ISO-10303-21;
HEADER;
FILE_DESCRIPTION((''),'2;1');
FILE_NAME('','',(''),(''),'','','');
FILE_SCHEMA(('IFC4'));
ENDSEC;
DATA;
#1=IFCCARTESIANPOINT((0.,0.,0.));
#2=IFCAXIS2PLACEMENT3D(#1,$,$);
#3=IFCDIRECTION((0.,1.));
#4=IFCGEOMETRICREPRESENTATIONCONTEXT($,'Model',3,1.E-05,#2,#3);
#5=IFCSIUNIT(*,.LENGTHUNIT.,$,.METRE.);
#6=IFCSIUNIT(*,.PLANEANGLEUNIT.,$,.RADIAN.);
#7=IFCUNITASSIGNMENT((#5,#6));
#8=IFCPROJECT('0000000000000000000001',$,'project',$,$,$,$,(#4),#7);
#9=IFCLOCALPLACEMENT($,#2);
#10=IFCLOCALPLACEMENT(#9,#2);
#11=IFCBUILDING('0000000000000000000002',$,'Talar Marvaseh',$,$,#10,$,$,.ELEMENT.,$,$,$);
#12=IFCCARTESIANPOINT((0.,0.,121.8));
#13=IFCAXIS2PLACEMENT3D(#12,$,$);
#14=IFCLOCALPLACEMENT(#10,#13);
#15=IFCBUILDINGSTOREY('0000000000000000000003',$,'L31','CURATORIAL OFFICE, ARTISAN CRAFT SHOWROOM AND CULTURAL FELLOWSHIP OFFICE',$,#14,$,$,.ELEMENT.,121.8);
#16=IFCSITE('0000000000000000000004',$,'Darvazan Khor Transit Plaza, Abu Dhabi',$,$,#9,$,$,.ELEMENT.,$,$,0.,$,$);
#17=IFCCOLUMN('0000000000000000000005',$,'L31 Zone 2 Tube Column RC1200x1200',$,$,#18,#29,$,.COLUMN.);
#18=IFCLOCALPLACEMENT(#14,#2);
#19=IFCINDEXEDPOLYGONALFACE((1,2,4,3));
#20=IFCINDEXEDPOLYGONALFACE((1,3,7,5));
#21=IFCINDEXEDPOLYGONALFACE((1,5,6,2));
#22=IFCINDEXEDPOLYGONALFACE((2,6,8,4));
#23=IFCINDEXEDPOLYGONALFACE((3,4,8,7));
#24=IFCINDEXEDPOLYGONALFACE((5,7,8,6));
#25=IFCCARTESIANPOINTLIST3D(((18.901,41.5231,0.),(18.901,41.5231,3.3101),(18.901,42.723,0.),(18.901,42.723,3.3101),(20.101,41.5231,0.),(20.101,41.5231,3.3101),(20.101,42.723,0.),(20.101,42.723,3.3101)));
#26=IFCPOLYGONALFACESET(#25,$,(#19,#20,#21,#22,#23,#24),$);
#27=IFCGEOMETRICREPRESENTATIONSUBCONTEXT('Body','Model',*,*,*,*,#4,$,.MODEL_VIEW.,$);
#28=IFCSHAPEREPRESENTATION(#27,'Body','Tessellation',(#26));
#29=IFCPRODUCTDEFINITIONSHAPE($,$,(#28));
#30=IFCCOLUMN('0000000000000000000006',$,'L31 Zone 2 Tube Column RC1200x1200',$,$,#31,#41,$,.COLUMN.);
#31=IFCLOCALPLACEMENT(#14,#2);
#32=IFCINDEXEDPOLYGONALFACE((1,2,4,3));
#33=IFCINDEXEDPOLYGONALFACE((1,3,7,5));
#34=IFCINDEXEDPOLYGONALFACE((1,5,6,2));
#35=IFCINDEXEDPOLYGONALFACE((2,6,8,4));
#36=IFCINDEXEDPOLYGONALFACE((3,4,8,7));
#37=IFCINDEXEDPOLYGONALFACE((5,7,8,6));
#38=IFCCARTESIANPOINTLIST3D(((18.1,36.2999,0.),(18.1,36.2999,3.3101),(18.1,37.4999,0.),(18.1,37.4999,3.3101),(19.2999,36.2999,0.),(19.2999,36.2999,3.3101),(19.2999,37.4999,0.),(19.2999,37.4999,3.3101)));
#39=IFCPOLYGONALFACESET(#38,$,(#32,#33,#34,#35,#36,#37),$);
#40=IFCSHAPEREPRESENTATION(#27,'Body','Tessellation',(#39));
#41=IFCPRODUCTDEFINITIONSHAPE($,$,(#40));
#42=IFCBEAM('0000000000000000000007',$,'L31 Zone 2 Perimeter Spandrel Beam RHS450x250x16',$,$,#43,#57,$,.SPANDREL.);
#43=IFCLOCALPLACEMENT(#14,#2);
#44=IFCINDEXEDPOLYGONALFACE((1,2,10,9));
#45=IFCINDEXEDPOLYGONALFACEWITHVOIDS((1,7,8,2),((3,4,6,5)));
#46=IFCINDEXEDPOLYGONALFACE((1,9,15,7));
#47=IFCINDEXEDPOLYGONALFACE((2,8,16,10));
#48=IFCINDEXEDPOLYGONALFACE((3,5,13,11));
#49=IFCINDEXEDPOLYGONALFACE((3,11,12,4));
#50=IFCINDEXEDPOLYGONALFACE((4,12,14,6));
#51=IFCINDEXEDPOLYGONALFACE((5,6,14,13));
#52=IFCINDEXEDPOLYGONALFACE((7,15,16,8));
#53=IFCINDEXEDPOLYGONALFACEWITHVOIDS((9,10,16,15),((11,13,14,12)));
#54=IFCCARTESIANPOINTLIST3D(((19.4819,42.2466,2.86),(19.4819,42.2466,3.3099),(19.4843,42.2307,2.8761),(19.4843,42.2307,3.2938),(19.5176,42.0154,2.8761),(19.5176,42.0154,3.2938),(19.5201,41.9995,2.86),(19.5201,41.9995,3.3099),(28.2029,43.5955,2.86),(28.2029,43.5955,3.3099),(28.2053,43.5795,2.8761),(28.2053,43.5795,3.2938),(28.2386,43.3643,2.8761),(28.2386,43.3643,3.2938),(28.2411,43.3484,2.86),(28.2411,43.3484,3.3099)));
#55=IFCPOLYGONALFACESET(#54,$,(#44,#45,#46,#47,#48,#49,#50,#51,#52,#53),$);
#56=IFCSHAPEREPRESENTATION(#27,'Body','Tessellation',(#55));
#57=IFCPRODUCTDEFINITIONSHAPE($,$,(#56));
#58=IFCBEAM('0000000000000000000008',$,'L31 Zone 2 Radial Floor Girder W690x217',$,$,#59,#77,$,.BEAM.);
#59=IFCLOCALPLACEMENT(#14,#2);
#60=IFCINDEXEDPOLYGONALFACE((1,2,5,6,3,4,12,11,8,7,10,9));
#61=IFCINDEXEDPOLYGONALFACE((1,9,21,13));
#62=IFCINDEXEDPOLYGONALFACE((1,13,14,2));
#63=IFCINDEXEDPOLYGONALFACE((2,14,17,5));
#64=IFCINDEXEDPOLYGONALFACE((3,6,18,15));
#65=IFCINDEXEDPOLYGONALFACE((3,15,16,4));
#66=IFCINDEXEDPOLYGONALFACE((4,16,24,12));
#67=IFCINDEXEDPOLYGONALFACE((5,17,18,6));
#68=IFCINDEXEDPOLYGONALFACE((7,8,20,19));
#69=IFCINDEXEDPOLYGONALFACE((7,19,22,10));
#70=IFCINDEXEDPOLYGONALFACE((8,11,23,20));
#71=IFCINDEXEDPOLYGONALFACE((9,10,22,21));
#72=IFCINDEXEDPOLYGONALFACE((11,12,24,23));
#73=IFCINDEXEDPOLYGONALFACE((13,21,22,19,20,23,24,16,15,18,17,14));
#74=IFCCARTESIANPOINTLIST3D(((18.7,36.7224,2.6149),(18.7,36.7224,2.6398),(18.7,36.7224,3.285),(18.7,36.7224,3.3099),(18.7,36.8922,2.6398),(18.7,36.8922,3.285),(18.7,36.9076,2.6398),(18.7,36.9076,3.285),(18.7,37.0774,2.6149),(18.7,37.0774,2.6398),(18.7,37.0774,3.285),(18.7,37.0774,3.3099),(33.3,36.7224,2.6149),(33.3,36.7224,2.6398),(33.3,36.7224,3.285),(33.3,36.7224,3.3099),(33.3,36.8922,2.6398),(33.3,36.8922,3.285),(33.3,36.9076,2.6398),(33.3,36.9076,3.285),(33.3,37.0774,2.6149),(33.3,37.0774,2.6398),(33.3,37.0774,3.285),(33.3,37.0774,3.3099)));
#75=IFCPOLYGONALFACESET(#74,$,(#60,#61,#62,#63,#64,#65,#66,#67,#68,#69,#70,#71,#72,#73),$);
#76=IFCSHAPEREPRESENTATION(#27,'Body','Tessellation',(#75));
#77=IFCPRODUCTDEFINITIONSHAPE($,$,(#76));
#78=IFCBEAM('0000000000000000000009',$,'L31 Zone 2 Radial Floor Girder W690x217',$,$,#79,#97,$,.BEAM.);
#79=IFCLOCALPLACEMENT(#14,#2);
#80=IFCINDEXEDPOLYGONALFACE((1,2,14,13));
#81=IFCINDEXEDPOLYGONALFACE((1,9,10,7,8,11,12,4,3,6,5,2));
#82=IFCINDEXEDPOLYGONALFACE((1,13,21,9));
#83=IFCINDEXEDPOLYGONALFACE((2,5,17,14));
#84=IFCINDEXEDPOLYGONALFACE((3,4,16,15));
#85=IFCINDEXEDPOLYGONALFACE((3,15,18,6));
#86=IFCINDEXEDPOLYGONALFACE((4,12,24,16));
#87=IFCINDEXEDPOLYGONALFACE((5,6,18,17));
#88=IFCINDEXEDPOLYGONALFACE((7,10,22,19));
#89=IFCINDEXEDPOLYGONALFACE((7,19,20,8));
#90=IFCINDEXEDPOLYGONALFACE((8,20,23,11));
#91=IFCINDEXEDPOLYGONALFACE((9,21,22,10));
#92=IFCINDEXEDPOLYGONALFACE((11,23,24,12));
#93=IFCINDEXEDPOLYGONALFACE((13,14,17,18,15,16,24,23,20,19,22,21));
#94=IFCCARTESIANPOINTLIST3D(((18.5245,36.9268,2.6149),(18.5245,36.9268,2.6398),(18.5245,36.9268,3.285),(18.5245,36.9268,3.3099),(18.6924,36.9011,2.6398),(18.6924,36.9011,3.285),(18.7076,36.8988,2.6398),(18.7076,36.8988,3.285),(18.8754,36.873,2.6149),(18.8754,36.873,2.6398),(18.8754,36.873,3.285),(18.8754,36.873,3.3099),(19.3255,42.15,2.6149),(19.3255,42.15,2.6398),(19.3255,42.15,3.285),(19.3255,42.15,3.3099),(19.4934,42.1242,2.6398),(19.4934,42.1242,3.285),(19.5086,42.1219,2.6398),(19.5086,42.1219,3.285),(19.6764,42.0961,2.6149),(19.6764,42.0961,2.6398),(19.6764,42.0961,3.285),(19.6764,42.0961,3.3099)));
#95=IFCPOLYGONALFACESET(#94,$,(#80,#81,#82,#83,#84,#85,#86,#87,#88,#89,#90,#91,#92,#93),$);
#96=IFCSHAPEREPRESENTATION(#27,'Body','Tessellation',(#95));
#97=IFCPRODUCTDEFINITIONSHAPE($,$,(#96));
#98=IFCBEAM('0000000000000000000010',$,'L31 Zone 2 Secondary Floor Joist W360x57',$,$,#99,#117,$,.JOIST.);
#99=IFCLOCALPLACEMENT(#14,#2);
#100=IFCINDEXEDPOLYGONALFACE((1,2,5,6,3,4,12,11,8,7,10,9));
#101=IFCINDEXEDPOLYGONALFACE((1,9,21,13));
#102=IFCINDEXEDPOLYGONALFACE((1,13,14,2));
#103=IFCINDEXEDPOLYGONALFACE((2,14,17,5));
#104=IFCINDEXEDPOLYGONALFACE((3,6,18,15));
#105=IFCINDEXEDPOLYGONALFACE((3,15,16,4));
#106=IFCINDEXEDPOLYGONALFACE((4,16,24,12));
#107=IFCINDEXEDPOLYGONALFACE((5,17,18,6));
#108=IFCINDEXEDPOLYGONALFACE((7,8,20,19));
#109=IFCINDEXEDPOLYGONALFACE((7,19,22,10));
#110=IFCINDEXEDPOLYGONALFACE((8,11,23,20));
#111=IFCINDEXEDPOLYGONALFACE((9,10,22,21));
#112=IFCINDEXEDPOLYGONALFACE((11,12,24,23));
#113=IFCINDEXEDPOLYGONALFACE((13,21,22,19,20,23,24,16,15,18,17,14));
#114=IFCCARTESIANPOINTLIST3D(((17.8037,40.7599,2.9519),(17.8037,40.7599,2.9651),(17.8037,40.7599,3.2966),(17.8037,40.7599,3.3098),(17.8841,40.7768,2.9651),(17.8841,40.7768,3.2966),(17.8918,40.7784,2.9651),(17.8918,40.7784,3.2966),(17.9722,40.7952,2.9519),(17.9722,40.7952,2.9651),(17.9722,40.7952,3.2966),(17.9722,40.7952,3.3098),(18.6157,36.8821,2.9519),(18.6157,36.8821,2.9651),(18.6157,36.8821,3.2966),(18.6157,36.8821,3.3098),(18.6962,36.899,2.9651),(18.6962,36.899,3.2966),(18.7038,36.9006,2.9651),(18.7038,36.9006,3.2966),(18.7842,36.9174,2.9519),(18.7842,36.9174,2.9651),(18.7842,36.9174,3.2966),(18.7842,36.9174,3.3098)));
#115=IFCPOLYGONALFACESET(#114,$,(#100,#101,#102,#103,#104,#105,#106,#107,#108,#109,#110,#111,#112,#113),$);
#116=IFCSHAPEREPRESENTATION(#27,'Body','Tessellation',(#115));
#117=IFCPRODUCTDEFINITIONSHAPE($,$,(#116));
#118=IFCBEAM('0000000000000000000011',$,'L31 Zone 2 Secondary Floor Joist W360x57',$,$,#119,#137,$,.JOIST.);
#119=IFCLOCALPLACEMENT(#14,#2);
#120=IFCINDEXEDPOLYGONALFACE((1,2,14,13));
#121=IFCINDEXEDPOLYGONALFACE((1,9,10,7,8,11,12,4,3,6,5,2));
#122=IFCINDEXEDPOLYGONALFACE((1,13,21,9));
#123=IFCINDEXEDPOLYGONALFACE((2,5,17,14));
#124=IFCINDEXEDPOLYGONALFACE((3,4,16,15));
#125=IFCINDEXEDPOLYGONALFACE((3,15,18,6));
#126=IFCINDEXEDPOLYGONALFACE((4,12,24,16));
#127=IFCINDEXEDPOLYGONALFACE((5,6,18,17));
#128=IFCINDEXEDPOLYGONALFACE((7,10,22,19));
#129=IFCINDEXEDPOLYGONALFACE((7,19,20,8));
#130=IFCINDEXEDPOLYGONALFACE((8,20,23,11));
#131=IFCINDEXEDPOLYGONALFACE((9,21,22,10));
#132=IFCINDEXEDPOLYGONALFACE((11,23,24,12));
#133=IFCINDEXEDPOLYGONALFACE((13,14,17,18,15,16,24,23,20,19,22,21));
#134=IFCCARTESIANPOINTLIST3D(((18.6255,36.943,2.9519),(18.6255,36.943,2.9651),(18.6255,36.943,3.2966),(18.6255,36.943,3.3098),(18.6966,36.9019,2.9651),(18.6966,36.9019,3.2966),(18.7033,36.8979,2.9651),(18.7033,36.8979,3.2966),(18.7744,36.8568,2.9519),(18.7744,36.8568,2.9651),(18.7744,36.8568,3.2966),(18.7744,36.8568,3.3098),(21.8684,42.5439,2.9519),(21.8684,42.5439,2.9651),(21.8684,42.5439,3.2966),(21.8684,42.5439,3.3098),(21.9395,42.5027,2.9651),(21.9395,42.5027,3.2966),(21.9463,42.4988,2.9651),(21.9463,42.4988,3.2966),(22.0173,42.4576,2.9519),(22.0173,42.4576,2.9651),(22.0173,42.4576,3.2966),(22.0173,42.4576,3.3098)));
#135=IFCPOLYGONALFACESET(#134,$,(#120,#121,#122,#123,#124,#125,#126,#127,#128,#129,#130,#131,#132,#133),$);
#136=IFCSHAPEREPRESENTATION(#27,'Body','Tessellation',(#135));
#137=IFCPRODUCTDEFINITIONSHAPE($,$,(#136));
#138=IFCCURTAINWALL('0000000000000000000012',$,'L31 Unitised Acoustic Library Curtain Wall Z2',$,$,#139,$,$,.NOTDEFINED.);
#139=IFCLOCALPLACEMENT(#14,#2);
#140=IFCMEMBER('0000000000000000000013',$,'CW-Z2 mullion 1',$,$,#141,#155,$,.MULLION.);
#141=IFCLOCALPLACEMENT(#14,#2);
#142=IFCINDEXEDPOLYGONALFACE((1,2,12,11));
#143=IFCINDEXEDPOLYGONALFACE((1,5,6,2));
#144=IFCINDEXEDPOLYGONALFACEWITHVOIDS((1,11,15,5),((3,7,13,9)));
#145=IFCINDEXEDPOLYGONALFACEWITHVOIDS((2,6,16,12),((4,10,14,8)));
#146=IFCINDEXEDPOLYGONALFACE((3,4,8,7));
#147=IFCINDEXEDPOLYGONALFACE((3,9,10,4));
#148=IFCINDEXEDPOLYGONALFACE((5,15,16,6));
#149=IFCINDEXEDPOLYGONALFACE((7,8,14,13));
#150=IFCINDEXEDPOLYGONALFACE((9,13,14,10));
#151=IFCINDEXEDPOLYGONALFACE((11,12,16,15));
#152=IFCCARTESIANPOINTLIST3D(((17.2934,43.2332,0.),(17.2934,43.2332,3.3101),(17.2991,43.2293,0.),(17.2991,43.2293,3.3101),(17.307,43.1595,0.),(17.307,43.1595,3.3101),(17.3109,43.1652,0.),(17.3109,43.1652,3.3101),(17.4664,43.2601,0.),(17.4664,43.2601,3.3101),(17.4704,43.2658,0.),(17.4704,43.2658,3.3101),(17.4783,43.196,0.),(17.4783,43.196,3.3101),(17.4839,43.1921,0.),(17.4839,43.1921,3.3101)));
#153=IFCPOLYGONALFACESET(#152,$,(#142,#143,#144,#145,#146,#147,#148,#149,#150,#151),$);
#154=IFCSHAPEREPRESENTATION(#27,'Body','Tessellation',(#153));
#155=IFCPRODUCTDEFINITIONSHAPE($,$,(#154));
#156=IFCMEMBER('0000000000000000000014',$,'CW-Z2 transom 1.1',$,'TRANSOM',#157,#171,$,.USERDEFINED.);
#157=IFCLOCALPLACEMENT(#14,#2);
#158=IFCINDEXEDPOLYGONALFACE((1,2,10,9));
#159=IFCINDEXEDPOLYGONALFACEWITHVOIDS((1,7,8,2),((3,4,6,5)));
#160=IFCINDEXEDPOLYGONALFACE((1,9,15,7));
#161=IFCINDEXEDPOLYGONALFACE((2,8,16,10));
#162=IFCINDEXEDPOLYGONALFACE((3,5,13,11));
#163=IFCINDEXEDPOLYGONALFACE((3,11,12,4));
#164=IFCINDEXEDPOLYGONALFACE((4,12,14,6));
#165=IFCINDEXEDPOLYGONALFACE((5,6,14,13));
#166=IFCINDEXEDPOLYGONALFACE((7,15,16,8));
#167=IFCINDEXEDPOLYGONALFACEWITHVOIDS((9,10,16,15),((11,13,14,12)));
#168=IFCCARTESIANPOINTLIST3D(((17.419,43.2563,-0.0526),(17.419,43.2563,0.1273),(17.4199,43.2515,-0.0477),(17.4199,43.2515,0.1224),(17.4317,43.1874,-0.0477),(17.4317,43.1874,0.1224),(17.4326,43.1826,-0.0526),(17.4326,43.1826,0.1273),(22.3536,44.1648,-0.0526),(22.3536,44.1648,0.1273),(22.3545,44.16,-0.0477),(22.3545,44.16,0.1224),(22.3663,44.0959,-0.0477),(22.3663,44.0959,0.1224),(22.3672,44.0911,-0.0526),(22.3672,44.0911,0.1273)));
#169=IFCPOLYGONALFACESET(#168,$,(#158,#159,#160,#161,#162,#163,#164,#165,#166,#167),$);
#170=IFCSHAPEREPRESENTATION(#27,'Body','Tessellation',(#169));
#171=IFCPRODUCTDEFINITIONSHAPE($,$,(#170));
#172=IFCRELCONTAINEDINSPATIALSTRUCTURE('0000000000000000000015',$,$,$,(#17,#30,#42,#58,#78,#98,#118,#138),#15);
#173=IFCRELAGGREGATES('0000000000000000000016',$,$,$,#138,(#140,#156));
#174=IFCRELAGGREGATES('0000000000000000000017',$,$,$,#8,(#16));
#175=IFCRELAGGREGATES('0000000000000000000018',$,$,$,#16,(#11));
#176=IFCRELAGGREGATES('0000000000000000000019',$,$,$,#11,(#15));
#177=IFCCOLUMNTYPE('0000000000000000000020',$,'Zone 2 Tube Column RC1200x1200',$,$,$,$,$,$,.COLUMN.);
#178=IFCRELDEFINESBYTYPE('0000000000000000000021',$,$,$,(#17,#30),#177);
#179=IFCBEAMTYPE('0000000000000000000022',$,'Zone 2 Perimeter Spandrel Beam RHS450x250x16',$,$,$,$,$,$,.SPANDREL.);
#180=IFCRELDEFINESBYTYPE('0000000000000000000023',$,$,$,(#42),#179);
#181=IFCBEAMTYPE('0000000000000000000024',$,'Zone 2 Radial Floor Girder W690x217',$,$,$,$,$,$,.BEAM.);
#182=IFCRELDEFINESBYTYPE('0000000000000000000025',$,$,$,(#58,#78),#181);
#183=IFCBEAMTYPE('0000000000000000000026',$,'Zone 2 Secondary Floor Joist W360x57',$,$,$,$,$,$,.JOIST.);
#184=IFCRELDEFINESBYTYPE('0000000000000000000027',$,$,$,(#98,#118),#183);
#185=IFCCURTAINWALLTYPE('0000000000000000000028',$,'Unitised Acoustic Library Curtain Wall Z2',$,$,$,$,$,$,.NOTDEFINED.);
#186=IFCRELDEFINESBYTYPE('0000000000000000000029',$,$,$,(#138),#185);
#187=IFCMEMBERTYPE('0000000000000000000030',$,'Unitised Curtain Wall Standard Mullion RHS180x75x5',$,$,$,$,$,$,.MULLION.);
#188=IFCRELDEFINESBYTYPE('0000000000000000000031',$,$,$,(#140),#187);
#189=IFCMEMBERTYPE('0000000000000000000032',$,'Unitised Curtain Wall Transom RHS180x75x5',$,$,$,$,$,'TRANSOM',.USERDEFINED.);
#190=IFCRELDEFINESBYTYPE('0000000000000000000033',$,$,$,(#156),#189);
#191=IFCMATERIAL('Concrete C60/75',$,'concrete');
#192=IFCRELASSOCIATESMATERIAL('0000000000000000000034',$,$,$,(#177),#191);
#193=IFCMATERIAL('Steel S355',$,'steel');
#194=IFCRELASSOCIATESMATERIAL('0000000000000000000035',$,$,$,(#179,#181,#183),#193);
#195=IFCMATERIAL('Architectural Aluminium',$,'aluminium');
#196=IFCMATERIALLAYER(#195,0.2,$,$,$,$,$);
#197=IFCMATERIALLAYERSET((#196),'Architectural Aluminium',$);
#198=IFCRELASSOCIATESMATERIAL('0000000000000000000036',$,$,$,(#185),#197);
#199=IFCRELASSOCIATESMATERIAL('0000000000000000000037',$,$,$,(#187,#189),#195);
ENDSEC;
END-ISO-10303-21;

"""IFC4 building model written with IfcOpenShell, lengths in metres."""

from ifc_helpers import new_model, si_unit, direction, frame, origin, origin_2d, place, context, subcontext, project, spatial, rectangle, hollow_rectangle, i_section, extrude, source, transform, mapped, material, layer, layer_set, material_profile, profile_set, type_object, type_shapes, element, aggregate, save


model = new_model("IFC4")

# Units and contexts
model_context = context("Model", 3, precision=1e-05, world=origin(), true_north=direction((0.0, 1.0)))
body_context = subcontext(model_context, "Body", "Model", "MODEL_VIEW")
ifc_project = project(units=[si_unit("LENGTHUNIT", "METRE"), si_unit("PLANEANGLEUNIT", "RADIAN")], contexts=[model_context])

# Site, building, storey
site_placement = place(None, origin())
site = spatial("IfcSite", under=ifc_project, at=site_placement, Name="Darvazan Khor Transit Plaza, Abu Dhabi", CompositionType="ELEMENT", RefElevation=0.0)
building_placement = place(site_placement, origin())
building = spatial("IfcBuilding", under=site, at=building_placement, Name="Talar Marvaseh", CompositionType="ELEMENT")
storey_placement = place(building_placement, frame((0.0, 0.0, 121.8)))
storey = spatial("IfcBuildingStorey", under=building, at=storey_placement, Name="L31", Description="CURATORIAL OFFICE, ARTISAN CRAFT SHOWROOM AND CULTURAL FELLOWSHIP OFFICE", CompositionType="ELEMENT", Elevation=121.8)

# Columns
ifc_material_1 = material(Name="Concrete C60/75", Category="concrete")
ifc_material_profile_1 = material_profile(ifc_material_1, rectangle(XDim=1.2, YDim=1.2, at=origin_2d()), Name="RC1200x1200")
ifc_profile_set_1 = profile_set([ifc_material_profile_1], Name="Concrete C60/75")
column_type = type_object("IfcColumnType", Name="Zone 2 Tube Column RC1200x1200", PredefinedType="COLUMN", material=ifc_profile_set_1)
for number, where, z_axis, x_axis, name in (
    (1, (19.501, 42.123, 0.0), (0.0, 0.0, 1.0), (1.0, 0.0, 0.0), "L31 Zone 2 Tube Column RC1200x1200"),
    (2, (18.7, 36.8999, 0.0), (0.0, 0.0, 1.0), (1.0, 0.0, 0.0), "L31 Zone 2 Tube Column RC1200x1200"),
):
    element("IfcColumn", number, at=place(storey_placement, frame(where, z_axis=z_axis, x_axis=x_axis)), inside=storey, type_object=column_type, Name=name, PredefinedType="COLUMN", context=body_context, shape_type="SweptSolid", body=[
        extrude(rectangle(XDim=1.2, YDim=1.2, at=origin_2d()), origin(), (0.0, 0.0, 1.0), 3.3101),
    ])

# Beams
ifc_material_2 = material(Name="Steel S355", Category="steel")
ifc_material_profile_2 = material_profile(ifc_material_2, hollow_rectangle(XDim=0.25, YDim=0.45, WallThickness=0.0161, at=origin_2d()), Name="RHS450x250x16")
ifc_profile_set_2 = profile_set([ifc_material_profile_2], Name="Steel S355")
beam_type_1 = type_object("IfcBeamType", Name="Zone 2 Perimeter Spandrel Beam RHS450x250x16", PredefinedType="SPANDREL", material=ifc_profile_set_2)
beam_1_placement = place(storey_placement, frame((19.501, 42.123, 3.085), z_axis=(0.988249, 0.152853, 0.0), x_axis=(-0.152853, 0.988249, 0.0)))
element("IfcBeam", 3, at=beam_1_placement, inside=storey, type_object=beam_type_1, Name="L31 Zone 2 Perimeter Spandrel Beam RHS450x250x16", PredefinedType="SPANDREL", context=body_context, shape_type="SweptSolid", body=[
    extrude(hollow_rectangle(XDim=0.25, YDim=0.45, WallThickness=0.0161, at=origin_2d()), origin(), (0.0, 0.0, 1.0), 8.8247),
])
ifc_material_profile_3 = material_profile(ifc_material_2, i_section(OverallWidth=0.355, OverallDepth=0.6951, WebThickness=0.0154, FlangeThickness=0.0249, at=origin_2d()), Name="W690x217")
ifc_profile_set_3 = profile_set([ifc_material_profile_3], Name="Steel S355")
beam_type_2 = type_object("IfcBeamType", Name="Zone 2 Radial Floor Girder W690x217", PredefinedType="BEAM", material=ifc_profile_set_3)
beam_2_placement = place(storey_placement, frame((18.7, 36.8999, 2.9624), z_axis=(1.0, 0.0, 0.0), x_axis=(0.0, 1.0, 0.0)))
element("IfcBeam", 4, at=beam_2_placement, inside=storey, type_object=beam_type_2, Name="L31 Zone 2 Radial Floor Girder W690x217", PredefinedType="BEAM", context=body_context, shape_type="SweptSolid", body=[
    extrude(i_section(OverallWidth=0.355, OverallDepth=0.6951, WebThickness=0.0154, FlangeThickness=0.0249, at=origin_2d()), origin(), (0.0, 0.0, 1.0), 14.6001),
])
beam_3_placement = place(storey_placement, frame((19.501, 42.123, 2.9624), z_axis=(-0.151588, -0.988444, 0.0), x_axis=(0.988444, -0.151588, 0.0)))
element("IfcBeam", 5, at=beam_3_placement, inside=storey, type_object=beam_type_2, Name="L31 Zone 2 Radial Floor Girder W690x217", PredefinedType="BEAM", context=body_context, shape_type="SweptSolid", body=[
    extrude(i_section(OverallWidth=0.355, OverallDepth=0.6951, WebThickness=0.0154, FlangeThickness=0.0249, at=origin_2d()), origin(), (0.0, 0.0, 1.0), 5.2842),
])
ifc_material_profile_4 = material_profile(ifc_material_2, i_section(OverallWidth=0.1721, OverallDepth=0.3579, WebThickness=0.0078, FlangeThickness=0.0132, at=origin_2d()), Name="W360x57")
ifc_profile_set_4 = profile_set([ifc_material_profile_4], Name="Steel S355")
beam_type_3 = type_object("IfcBeamType", Name="Zone 2 Secondary Floor Joist W360x57", PredefinedType="JOIST", material=ifc_profile_set_4)
beam_4_placement = place(storey_placement, frame((17.8879, 40.7776, 3.1309), z_axis=(0.204961, -0.97877, 0.0), x_axis=(0.97877, 0.204961, 0.0)))
element("IfcBeam", 6, at=beam_4_placement, inside=storey, type_object=beam_type_3, Name="L31 Zone 2 Secondary Floor Joist W360x57", PredefinedType="JOIST", context=body_context, shape_type="SweptSolid", body=[
    extrude(i_section(OverallWidth=0.1721, OverallDepth=0.3579, WebThickness=0.0078, FlangeThickness=0.0132, at=origin_2d()), origin(), (0.0, 0.0, 1.0), 3.9619),
])
beam_5_placement = place(storey_placement, frame((21.9429, 42.5007, 3.1309), z_axis=(-0.501075, -0.865404, 0.0), x_axis=(0.865404, -0.501075, 0.0)))
element("IfcBeam", 7, at=beam_5_placement, inside=storey, type_object=beam_type_3, Name="L31 Zone 2 Secondary Floor Joist W360x57", PredefinedType="JOIST", context=body_context, shape_type="SweptSolid", body=[
    extrude(i_section(OverallWidth=0.1721, OverallDepth=0.3579, WebThickness=0.0078, FlangeThickness=0.0132, at=origin_2d()), origin(), (0.0, 0.0, 1.0), 6.4719),
])

# Curtain wall, members
ifc_material_3 = material(Name="Architectural Aluminium", Category="aluminium")
ifc_layer_1 = layer(ifc_material_3, 0.2)
ifc_layer_set_1 = layer_set([ifc_layer_1], Name="Architectural Aluminium")
curtain_wall_type = type_object("IfcCurtainWallType", Name="Unitised Acoustic Library Curtain Wall Z2", PredefinedType="NOTDEFINED", material=ifc_layer_set_1)
curtain_wall_placement = place(storey_placement, origin())
curtain_wall = element("IfcCurtainWall", 8, at=curtain_wall_placement, inside=storey, type_object=curtain_wall_type, Name="L31 Unitised Acoustic Library Curtain Wall Z2", PredefinedType="NOTDEFINED")
ifc_material_profile_5 = material_profile(ifc_material_3, hollow_rectangle(XDim=0.075, YDim=0.1799, WallThickness=0.0049, at=origin_2d()), Name="RHS180x75x5")
ifc_profile_set_5 = profile_set([ifc_material_profile_5], Name="Architectural Aluminium")
member_type_1 = type_object("IfcMemberType", Name="Unitised Curtain Wall Standard Mullion RHS180x75x5", PredefinedType="MULLION", material=ifc_profile_set_5)
shared_shape_1 = source(origin(), body_context, "Body", "SweptSolid", [
    extrude(hollow_rectangle(XDim=0.075, YDim=0.1799, WallThickness=0.0049, at=origin_2d()), origin(), (0.0, 0.0, 1.0), 3.3101),
])
type_shapes(member_type_1, [shared_shape_1])
member_1_placement = place(storey_placement, frame((17.3887, 43.2126, 0.0), z_axis=(0.0, 0.0, 1.0), x_axis=(-0.181071, 0.98347, 0.0)))
member_1 = element("IfcMember", 9, at=member_1_placement, type_object=member_type_1, Name="CW-Z2 mullion 1", PredefinedType="MULLION", context=body_context, shape_type="MappedRepresentation", body=[
    mapped(shared_shape_1, transform((0.0, 0.0, 0.0), x_axis=(1.0, 0.0, 0.0), y_axis=(0.0, 1.0, 0.0), z_axis=(0.0, 0.0, 1.0), scale=1.0)),
])
ifc_material_profile_6 = material_profile(ifc_material_3, hollow_rectangle(XDim=0.075, YDim=0.1799, WallThickness=0.0049, at=origin_2d()), Name="RHS180x75x5")
ifc_profile_set_6 = profile_set([ifc_material_profile_6], Name="Architectural Aluminium")
member_type_2 = type_object("IfcMemberType", Name="Unitised Curtain Wall Transom RHS180x75x5", ElementType="TRANSOM", PredefinedType="USERDEFINED", material=ifc_profile_set_6)
shared_shape_2 = source(origin(), body_context, "Body", "SweptSolid", [
    extrude(hollow_rectangle(XDim=0.075, YDim=0.1799, WallThickness=0.0049, at=origin_2d()), origin(), (0.0, 0.0, 1.0), 5.0176),
])
type_shapes(member_type_2, [shared_shape_2])
member_2_placement = place(storey_placement, frame((17.4258, 43.2195, 0.0374), z_axis=(0.983473, 0.181056, 0.0), x_axis=(-0.181056, 0.983473, 0.0)))
member_2 = element("IfcMember", 10, at=member_2_placement, type_object=member_type_2, Name="CW-Z2 transom 1.1", ObjectType="TRANSOM", PredefinedType="USERDEFINED", context=body_context, shape_type="MappedRepresentation", body=[
    mapped(shared_shape_2, transform((0.0, 0.0, 0.0), x_axis=(1.0, 0.0, 0.0), y_axis=(0.0, 1.0, 0.0), z_axis=(0.0, 0.0, 1.0), scale=1.0)),
])
aggregate(curtain_wall, [member_1, member_2])

save(model, "model.ifc")
